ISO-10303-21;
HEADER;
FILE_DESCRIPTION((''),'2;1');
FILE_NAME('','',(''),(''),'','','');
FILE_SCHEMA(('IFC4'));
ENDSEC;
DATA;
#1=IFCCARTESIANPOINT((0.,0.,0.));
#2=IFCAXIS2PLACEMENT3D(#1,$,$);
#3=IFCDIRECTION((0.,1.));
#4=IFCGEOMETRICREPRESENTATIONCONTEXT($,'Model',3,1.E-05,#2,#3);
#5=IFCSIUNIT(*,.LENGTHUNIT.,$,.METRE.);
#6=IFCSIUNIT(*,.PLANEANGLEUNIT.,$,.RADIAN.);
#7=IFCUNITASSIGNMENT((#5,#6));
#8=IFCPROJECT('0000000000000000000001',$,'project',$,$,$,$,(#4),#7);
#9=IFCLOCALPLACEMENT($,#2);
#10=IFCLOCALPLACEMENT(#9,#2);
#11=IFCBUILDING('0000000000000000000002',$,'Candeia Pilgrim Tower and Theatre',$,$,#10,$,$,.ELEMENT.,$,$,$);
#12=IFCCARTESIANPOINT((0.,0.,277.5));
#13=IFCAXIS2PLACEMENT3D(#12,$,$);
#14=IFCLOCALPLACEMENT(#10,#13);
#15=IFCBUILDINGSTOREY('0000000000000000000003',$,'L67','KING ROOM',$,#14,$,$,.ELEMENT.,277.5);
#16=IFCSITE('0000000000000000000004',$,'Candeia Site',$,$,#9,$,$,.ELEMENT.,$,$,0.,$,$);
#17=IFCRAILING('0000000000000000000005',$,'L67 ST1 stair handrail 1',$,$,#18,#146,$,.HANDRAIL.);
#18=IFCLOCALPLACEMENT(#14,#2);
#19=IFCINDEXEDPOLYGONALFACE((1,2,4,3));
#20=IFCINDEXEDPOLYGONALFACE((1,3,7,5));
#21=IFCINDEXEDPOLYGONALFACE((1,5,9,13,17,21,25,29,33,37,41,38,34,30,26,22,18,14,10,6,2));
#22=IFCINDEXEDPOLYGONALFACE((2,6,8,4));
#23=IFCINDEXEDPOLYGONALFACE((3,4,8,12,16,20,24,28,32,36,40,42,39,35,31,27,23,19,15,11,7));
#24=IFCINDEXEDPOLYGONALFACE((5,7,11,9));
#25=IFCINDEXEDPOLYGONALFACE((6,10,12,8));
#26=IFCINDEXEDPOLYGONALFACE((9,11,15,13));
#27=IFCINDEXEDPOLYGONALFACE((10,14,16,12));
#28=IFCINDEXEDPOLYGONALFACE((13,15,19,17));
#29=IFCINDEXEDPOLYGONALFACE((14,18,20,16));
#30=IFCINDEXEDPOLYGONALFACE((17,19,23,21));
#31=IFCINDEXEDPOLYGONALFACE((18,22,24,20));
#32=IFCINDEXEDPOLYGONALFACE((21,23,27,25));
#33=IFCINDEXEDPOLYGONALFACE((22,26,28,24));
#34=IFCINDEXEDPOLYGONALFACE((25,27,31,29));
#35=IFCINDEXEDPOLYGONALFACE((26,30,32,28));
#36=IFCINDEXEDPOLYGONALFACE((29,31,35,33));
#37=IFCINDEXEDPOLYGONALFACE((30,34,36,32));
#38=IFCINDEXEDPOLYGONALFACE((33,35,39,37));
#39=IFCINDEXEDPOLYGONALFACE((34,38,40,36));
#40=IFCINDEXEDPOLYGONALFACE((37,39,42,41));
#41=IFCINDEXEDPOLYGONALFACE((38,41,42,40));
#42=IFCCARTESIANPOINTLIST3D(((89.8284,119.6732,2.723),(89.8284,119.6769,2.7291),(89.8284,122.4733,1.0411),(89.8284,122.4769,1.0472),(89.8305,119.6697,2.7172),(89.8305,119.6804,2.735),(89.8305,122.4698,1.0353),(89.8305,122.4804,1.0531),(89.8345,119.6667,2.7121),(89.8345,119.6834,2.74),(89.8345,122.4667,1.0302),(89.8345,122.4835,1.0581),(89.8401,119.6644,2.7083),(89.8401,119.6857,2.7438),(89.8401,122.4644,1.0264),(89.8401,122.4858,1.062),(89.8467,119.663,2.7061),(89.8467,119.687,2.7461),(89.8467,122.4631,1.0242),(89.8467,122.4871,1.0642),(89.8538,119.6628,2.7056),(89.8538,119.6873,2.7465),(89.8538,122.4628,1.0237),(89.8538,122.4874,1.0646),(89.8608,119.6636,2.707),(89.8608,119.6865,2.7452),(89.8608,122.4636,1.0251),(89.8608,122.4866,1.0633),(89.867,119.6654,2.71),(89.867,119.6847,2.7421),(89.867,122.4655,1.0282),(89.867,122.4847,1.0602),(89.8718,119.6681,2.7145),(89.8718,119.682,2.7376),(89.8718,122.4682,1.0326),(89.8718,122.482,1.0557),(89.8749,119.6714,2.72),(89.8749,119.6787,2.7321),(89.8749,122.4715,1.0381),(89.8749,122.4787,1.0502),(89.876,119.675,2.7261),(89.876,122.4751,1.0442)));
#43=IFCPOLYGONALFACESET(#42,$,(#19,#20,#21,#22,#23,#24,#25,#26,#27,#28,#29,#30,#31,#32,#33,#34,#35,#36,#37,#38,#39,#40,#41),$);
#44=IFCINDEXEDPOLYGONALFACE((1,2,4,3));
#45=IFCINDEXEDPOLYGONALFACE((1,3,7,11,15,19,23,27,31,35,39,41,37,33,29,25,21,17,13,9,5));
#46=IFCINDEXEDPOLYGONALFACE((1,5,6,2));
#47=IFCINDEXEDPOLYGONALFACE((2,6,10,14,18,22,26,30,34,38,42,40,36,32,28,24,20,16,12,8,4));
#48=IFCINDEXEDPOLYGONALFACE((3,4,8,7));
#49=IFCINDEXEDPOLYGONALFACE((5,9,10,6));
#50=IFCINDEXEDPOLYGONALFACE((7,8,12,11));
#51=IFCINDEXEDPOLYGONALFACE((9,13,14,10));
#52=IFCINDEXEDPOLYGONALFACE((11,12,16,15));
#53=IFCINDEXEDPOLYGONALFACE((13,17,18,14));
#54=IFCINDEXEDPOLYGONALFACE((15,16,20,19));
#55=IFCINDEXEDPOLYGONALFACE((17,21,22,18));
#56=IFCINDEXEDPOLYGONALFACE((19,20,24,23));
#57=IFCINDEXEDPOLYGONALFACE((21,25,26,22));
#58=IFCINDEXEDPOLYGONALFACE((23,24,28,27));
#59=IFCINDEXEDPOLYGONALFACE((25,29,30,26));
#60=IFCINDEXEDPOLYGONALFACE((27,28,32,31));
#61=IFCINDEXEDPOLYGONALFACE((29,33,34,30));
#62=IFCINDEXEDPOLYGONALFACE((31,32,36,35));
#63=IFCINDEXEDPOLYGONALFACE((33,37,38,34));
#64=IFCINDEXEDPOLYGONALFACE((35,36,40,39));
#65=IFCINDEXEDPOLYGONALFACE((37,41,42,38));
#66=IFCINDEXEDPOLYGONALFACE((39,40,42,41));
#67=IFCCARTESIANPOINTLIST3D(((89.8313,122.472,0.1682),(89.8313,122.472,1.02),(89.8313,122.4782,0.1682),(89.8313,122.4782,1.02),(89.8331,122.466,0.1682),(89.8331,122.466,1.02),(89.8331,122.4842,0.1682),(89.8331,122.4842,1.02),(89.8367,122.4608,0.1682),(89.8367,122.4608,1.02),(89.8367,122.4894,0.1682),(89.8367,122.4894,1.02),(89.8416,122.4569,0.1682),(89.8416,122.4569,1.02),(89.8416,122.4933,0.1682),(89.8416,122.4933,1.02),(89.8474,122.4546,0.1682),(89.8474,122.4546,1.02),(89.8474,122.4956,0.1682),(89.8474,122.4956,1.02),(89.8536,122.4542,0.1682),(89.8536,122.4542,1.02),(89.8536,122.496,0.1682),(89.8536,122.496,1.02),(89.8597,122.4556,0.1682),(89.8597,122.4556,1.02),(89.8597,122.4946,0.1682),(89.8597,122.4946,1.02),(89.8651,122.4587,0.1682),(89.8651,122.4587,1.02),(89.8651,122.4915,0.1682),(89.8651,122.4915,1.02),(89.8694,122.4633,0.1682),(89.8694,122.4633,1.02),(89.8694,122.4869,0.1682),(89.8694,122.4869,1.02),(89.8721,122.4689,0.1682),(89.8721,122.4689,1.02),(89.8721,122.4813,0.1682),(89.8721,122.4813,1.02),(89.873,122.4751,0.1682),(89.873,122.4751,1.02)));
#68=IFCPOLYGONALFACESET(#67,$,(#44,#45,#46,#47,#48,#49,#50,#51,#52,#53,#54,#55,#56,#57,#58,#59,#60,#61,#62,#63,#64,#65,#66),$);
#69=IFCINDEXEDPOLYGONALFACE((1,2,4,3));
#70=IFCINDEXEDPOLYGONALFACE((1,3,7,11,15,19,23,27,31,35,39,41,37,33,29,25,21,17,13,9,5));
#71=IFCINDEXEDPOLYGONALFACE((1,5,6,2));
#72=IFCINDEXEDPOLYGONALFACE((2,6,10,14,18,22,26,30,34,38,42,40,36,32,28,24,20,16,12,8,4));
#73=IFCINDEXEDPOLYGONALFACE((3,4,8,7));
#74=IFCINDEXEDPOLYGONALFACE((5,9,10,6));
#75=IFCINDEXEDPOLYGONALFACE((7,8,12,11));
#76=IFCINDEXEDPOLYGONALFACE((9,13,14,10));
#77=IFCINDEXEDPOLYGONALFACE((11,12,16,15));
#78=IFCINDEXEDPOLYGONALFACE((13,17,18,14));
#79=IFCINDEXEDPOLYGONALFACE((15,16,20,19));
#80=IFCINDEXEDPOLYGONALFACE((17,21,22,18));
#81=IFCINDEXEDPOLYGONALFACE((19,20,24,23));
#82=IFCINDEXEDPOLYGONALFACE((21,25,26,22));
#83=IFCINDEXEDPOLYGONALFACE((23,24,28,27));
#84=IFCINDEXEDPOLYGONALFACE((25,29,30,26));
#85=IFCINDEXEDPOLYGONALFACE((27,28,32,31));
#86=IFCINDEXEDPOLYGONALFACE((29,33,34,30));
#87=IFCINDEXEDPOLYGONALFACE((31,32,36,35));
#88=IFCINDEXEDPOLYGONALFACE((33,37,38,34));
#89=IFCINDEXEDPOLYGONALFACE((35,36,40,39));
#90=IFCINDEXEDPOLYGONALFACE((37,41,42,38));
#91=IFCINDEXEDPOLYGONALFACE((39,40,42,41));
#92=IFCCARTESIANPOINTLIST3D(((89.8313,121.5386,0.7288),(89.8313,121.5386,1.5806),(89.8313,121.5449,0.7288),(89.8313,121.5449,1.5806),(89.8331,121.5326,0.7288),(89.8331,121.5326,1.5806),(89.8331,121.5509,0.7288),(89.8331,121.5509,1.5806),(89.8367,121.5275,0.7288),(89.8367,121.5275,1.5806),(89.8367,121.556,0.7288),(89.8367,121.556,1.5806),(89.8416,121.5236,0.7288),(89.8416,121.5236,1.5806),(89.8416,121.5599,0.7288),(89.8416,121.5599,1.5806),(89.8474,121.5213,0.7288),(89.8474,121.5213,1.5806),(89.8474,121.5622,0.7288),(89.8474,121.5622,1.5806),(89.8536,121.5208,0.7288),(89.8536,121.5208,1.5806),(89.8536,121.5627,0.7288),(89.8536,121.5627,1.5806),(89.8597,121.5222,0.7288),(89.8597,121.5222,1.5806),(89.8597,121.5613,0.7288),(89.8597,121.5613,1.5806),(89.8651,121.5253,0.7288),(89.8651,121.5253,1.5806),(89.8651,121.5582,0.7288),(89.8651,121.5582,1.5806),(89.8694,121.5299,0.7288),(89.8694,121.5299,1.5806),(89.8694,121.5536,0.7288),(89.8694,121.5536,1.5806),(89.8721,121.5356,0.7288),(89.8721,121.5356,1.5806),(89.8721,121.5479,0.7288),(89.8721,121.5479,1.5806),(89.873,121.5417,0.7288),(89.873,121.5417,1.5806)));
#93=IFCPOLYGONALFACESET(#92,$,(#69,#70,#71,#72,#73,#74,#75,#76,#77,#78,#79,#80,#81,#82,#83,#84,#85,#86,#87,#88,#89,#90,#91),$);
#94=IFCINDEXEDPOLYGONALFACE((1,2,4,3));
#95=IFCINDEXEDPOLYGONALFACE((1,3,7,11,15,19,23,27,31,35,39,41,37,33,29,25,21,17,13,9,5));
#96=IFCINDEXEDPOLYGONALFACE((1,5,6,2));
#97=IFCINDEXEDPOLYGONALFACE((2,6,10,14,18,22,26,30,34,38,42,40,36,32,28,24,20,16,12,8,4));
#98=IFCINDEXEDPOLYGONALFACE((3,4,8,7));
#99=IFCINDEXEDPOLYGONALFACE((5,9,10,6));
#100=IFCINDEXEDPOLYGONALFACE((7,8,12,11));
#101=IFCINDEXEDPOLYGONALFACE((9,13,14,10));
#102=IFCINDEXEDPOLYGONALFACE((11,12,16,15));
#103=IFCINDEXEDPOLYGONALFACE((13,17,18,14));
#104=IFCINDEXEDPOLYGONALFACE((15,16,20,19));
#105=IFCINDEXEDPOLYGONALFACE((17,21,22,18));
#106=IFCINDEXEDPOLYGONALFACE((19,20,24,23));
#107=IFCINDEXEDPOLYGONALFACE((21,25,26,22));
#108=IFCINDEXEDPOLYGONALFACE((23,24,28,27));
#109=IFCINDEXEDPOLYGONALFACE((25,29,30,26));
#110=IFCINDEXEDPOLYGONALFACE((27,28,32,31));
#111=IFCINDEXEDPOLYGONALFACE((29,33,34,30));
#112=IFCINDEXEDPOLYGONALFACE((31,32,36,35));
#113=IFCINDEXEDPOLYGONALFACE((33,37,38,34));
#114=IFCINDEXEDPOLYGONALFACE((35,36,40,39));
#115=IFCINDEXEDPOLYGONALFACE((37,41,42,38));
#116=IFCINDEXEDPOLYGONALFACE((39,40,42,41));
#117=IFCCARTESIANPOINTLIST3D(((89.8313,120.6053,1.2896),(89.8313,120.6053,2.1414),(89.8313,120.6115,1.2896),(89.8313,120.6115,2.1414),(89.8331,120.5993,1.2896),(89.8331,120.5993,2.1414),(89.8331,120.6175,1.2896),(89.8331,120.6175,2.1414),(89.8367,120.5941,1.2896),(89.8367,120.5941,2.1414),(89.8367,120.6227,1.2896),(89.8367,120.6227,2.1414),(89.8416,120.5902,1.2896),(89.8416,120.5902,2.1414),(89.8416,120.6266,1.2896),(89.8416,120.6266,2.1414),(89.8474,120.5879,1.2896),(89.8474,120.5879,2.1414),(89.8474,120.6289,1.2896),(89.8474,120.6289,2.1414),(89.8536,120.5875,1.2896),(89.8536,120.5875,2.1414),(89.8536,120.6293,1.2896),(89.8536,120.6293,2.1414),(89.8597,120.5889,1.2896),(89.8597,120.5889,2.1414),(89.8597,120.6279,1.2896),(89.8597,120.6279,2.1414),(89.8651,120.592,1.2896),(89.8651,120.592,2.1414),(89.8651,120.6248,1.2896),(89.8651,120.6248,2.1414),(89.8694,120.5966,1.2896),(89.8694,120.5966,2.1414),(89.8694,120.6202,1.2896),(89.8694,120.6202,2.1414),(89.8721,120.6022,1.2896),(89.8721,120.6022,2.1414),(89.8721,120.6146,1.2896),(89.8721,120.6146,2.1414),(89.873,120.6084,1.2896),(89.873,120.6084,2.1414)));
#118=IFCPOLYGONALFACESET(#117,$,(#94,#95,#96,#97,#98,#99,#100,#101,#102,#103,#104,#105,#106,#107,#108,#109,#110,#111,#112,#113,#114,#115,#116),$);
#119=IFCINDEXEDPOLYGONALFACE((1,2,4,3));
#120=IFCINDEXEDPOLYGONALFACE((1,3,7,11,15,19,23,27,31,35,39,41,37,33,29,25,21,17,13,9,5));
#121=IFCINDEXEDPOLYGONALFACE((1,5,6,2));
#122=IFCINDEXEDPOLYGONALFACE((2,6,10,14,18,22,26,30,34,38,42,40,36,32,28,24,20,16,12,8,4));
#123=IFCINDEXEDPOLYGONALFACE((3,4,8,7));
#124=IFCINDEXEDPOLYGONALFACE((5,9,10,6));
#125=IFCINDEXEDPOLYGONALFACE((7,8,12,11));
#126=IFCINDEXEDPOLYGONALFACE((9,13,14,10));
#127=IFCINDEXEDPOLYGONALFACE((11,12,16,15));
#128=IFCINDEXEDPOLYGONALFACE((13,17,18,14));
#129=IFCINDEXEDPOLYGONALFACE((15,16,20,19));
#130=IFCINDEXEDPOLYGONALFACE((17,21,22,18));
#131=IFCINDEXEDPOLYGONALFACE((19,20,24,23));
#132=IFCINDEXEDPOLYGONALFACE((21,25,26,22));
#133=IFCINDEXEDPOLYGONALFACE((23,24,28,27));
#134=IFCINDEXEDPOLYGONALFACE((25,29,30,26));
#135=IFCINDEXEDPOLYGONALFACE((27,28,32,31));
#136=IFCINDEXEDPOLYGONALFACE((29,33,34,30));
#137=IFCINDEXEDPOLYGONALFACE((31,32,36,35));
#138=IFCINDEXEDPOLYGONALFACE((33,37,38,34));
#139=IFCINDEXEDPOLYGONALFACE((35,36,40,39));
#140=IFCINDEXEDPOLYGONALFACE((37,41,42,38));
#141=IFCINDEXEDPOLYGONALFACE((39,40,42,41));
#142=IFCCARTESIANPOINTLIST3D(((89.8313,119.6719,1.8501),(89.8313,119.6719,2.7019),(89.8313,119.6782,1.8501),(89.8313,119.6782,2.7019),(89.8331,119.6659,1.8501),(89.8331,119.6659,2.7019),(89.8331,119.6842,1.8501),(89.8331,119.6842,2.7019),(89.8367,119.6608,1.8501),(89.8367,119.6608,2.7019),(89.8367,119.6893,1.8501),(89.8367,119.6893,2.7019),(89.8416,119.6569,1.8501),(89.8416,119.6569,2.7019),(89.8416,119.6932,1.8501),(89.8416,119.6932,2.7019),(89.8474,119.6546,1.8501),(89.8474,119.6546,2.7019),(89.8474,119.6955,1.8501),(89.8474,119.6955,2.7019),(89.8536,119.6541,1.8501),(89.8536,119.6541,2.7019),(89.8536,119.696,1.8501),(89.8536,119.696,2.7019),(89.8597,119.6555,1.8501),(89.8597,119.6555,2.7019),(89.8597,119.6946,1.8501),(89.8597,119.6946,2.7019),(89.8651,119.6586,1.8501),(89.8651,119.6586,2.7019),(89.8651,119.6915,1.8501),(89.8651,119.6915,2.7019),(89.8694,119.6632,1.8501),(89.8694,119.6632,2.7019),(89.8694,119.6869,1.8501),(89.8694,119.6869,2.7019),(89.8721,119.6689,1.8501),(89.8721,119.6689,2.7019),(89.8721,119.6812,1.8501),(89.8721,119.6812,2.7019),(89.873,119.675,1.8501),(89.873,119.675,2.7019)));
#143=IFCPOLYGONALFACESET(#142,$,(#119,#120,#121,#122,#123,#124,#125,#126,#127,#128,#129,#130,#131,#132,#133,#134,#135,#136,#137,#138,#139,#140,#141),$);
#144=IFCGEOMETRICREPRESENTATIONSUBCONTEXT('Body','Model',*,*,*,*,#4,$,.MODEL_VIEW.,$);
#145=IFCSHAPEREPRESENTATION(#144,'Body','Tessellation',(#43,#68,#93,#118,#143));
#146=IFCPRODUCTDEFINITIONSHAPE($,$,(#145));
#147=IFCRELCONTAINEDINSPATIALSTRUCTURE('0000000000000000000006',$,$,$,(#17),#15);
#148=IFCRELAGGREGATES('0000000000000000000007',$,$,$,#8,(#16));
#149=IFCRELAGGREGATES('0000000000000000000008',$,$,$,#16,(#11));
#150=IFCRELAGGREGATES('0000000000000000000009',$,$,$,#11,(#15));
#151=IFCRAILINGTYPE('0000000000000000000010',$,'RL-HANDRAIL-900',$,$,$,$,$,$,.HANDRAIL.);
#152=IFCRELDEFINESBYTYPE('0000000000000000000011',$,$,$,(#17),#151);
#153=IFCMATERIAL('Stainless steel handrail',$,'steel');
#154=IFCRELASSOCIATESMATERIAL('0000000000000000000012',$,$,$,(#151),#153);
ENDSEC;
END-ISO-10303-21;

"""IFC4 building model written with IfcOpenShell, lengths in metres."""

from ifc_helpers import new_model, si_unit, direction, frame, origin, origin_2d, place, context, subcontext, project, spatial, circle, extrude, material, type_object, element, save


model = new_model("IFC4")

# Units and contexts
model_context = context("Model", 3, precision=1e-05, world=origin(), true_north=direction((0.0, 1.0)))
body_context = subcontext(model_context, "Body", "Model", "MODEL_VIEW")
ifc_project = project(units=[si_unit("LENGTHUNIT", "METRE"), si_unit("PLANEANGLEUNIT", "RADIAN")], contexts=[model_context])

# Site, building, storey
site_placement = place(None, origin())
site = spatial("IfcSite", under=ifc_project, at=site_placement, Name="Candeia Site", CompositionType="ELEMENT", RefElevation=0.0)
building_placement = place(site_placement, origin())
building = spatial("IfcBuilding", under=site, at=building_placement, Name="Candeia Pilgrim Tower and Theatre", CompositionType="ELEMENT")
storey_placement = place(building_placement, frame((0.0, 0.0, 277.5)))
storey = spatial("IfcBuildingStorey", under=building, at=storey_placement, Name="L67", Description="KING ROOM", CompositionType="ELEMENT", Elevation=277.5)

# Railing
ifc_material_1 = material(Name="Stainless steel handrail", Category="steel")
railing_type_1 = type_object("IfcRailingType", Name="RL-HANDRAIL-900", PredefinedType="HANDRAIL", material=ifc_material_1)
railing_1_placement = place(storey_placement, frame((89.8521, 122.4751, 0.1682)))
element("IfcRailing", 1, at=railing_1_placement, inside=storey, type_object=railing_type_1, Name="L67 ST1 stair handrail 1", PredefinedType="HANDRAIL", context=body_context, shape_type="SweptSolid", body=[
    extrude(circle(Radius=0.0239, at=origin_2d()), frame((0.0, 0.0, 0.876), z_axis=(0.0, -0.857242, 0.514913), x_axis=(1.0, 0.0, 0.0)), (0.0, 0.0, 1.0), 3.2664),
    extrude(circle(Radius=0.021, at=origin_2d()), origin(), (0.0, 0.0, 1.0), 0.8518),
    extrude(circle(Radius=0.021, at=origin_2d()), frame((0.0, -0.9333, 0.5605)), (0.0, 0.0, 1.0), 0.8518),
    extrude(circle(Radius=0.021, at=origin_2d()), frame((0.0, -1.8667, 1.1213)), (0.0, 0.0, 1.0), 0.8518),
    extrude(circle(Radius=0.021, at=origin_2d()), frame((0.0, -2.8, 1.6819)), (0.0, 0.0, 1.0), 0.8518),
])

save(model, "model.ifc")
